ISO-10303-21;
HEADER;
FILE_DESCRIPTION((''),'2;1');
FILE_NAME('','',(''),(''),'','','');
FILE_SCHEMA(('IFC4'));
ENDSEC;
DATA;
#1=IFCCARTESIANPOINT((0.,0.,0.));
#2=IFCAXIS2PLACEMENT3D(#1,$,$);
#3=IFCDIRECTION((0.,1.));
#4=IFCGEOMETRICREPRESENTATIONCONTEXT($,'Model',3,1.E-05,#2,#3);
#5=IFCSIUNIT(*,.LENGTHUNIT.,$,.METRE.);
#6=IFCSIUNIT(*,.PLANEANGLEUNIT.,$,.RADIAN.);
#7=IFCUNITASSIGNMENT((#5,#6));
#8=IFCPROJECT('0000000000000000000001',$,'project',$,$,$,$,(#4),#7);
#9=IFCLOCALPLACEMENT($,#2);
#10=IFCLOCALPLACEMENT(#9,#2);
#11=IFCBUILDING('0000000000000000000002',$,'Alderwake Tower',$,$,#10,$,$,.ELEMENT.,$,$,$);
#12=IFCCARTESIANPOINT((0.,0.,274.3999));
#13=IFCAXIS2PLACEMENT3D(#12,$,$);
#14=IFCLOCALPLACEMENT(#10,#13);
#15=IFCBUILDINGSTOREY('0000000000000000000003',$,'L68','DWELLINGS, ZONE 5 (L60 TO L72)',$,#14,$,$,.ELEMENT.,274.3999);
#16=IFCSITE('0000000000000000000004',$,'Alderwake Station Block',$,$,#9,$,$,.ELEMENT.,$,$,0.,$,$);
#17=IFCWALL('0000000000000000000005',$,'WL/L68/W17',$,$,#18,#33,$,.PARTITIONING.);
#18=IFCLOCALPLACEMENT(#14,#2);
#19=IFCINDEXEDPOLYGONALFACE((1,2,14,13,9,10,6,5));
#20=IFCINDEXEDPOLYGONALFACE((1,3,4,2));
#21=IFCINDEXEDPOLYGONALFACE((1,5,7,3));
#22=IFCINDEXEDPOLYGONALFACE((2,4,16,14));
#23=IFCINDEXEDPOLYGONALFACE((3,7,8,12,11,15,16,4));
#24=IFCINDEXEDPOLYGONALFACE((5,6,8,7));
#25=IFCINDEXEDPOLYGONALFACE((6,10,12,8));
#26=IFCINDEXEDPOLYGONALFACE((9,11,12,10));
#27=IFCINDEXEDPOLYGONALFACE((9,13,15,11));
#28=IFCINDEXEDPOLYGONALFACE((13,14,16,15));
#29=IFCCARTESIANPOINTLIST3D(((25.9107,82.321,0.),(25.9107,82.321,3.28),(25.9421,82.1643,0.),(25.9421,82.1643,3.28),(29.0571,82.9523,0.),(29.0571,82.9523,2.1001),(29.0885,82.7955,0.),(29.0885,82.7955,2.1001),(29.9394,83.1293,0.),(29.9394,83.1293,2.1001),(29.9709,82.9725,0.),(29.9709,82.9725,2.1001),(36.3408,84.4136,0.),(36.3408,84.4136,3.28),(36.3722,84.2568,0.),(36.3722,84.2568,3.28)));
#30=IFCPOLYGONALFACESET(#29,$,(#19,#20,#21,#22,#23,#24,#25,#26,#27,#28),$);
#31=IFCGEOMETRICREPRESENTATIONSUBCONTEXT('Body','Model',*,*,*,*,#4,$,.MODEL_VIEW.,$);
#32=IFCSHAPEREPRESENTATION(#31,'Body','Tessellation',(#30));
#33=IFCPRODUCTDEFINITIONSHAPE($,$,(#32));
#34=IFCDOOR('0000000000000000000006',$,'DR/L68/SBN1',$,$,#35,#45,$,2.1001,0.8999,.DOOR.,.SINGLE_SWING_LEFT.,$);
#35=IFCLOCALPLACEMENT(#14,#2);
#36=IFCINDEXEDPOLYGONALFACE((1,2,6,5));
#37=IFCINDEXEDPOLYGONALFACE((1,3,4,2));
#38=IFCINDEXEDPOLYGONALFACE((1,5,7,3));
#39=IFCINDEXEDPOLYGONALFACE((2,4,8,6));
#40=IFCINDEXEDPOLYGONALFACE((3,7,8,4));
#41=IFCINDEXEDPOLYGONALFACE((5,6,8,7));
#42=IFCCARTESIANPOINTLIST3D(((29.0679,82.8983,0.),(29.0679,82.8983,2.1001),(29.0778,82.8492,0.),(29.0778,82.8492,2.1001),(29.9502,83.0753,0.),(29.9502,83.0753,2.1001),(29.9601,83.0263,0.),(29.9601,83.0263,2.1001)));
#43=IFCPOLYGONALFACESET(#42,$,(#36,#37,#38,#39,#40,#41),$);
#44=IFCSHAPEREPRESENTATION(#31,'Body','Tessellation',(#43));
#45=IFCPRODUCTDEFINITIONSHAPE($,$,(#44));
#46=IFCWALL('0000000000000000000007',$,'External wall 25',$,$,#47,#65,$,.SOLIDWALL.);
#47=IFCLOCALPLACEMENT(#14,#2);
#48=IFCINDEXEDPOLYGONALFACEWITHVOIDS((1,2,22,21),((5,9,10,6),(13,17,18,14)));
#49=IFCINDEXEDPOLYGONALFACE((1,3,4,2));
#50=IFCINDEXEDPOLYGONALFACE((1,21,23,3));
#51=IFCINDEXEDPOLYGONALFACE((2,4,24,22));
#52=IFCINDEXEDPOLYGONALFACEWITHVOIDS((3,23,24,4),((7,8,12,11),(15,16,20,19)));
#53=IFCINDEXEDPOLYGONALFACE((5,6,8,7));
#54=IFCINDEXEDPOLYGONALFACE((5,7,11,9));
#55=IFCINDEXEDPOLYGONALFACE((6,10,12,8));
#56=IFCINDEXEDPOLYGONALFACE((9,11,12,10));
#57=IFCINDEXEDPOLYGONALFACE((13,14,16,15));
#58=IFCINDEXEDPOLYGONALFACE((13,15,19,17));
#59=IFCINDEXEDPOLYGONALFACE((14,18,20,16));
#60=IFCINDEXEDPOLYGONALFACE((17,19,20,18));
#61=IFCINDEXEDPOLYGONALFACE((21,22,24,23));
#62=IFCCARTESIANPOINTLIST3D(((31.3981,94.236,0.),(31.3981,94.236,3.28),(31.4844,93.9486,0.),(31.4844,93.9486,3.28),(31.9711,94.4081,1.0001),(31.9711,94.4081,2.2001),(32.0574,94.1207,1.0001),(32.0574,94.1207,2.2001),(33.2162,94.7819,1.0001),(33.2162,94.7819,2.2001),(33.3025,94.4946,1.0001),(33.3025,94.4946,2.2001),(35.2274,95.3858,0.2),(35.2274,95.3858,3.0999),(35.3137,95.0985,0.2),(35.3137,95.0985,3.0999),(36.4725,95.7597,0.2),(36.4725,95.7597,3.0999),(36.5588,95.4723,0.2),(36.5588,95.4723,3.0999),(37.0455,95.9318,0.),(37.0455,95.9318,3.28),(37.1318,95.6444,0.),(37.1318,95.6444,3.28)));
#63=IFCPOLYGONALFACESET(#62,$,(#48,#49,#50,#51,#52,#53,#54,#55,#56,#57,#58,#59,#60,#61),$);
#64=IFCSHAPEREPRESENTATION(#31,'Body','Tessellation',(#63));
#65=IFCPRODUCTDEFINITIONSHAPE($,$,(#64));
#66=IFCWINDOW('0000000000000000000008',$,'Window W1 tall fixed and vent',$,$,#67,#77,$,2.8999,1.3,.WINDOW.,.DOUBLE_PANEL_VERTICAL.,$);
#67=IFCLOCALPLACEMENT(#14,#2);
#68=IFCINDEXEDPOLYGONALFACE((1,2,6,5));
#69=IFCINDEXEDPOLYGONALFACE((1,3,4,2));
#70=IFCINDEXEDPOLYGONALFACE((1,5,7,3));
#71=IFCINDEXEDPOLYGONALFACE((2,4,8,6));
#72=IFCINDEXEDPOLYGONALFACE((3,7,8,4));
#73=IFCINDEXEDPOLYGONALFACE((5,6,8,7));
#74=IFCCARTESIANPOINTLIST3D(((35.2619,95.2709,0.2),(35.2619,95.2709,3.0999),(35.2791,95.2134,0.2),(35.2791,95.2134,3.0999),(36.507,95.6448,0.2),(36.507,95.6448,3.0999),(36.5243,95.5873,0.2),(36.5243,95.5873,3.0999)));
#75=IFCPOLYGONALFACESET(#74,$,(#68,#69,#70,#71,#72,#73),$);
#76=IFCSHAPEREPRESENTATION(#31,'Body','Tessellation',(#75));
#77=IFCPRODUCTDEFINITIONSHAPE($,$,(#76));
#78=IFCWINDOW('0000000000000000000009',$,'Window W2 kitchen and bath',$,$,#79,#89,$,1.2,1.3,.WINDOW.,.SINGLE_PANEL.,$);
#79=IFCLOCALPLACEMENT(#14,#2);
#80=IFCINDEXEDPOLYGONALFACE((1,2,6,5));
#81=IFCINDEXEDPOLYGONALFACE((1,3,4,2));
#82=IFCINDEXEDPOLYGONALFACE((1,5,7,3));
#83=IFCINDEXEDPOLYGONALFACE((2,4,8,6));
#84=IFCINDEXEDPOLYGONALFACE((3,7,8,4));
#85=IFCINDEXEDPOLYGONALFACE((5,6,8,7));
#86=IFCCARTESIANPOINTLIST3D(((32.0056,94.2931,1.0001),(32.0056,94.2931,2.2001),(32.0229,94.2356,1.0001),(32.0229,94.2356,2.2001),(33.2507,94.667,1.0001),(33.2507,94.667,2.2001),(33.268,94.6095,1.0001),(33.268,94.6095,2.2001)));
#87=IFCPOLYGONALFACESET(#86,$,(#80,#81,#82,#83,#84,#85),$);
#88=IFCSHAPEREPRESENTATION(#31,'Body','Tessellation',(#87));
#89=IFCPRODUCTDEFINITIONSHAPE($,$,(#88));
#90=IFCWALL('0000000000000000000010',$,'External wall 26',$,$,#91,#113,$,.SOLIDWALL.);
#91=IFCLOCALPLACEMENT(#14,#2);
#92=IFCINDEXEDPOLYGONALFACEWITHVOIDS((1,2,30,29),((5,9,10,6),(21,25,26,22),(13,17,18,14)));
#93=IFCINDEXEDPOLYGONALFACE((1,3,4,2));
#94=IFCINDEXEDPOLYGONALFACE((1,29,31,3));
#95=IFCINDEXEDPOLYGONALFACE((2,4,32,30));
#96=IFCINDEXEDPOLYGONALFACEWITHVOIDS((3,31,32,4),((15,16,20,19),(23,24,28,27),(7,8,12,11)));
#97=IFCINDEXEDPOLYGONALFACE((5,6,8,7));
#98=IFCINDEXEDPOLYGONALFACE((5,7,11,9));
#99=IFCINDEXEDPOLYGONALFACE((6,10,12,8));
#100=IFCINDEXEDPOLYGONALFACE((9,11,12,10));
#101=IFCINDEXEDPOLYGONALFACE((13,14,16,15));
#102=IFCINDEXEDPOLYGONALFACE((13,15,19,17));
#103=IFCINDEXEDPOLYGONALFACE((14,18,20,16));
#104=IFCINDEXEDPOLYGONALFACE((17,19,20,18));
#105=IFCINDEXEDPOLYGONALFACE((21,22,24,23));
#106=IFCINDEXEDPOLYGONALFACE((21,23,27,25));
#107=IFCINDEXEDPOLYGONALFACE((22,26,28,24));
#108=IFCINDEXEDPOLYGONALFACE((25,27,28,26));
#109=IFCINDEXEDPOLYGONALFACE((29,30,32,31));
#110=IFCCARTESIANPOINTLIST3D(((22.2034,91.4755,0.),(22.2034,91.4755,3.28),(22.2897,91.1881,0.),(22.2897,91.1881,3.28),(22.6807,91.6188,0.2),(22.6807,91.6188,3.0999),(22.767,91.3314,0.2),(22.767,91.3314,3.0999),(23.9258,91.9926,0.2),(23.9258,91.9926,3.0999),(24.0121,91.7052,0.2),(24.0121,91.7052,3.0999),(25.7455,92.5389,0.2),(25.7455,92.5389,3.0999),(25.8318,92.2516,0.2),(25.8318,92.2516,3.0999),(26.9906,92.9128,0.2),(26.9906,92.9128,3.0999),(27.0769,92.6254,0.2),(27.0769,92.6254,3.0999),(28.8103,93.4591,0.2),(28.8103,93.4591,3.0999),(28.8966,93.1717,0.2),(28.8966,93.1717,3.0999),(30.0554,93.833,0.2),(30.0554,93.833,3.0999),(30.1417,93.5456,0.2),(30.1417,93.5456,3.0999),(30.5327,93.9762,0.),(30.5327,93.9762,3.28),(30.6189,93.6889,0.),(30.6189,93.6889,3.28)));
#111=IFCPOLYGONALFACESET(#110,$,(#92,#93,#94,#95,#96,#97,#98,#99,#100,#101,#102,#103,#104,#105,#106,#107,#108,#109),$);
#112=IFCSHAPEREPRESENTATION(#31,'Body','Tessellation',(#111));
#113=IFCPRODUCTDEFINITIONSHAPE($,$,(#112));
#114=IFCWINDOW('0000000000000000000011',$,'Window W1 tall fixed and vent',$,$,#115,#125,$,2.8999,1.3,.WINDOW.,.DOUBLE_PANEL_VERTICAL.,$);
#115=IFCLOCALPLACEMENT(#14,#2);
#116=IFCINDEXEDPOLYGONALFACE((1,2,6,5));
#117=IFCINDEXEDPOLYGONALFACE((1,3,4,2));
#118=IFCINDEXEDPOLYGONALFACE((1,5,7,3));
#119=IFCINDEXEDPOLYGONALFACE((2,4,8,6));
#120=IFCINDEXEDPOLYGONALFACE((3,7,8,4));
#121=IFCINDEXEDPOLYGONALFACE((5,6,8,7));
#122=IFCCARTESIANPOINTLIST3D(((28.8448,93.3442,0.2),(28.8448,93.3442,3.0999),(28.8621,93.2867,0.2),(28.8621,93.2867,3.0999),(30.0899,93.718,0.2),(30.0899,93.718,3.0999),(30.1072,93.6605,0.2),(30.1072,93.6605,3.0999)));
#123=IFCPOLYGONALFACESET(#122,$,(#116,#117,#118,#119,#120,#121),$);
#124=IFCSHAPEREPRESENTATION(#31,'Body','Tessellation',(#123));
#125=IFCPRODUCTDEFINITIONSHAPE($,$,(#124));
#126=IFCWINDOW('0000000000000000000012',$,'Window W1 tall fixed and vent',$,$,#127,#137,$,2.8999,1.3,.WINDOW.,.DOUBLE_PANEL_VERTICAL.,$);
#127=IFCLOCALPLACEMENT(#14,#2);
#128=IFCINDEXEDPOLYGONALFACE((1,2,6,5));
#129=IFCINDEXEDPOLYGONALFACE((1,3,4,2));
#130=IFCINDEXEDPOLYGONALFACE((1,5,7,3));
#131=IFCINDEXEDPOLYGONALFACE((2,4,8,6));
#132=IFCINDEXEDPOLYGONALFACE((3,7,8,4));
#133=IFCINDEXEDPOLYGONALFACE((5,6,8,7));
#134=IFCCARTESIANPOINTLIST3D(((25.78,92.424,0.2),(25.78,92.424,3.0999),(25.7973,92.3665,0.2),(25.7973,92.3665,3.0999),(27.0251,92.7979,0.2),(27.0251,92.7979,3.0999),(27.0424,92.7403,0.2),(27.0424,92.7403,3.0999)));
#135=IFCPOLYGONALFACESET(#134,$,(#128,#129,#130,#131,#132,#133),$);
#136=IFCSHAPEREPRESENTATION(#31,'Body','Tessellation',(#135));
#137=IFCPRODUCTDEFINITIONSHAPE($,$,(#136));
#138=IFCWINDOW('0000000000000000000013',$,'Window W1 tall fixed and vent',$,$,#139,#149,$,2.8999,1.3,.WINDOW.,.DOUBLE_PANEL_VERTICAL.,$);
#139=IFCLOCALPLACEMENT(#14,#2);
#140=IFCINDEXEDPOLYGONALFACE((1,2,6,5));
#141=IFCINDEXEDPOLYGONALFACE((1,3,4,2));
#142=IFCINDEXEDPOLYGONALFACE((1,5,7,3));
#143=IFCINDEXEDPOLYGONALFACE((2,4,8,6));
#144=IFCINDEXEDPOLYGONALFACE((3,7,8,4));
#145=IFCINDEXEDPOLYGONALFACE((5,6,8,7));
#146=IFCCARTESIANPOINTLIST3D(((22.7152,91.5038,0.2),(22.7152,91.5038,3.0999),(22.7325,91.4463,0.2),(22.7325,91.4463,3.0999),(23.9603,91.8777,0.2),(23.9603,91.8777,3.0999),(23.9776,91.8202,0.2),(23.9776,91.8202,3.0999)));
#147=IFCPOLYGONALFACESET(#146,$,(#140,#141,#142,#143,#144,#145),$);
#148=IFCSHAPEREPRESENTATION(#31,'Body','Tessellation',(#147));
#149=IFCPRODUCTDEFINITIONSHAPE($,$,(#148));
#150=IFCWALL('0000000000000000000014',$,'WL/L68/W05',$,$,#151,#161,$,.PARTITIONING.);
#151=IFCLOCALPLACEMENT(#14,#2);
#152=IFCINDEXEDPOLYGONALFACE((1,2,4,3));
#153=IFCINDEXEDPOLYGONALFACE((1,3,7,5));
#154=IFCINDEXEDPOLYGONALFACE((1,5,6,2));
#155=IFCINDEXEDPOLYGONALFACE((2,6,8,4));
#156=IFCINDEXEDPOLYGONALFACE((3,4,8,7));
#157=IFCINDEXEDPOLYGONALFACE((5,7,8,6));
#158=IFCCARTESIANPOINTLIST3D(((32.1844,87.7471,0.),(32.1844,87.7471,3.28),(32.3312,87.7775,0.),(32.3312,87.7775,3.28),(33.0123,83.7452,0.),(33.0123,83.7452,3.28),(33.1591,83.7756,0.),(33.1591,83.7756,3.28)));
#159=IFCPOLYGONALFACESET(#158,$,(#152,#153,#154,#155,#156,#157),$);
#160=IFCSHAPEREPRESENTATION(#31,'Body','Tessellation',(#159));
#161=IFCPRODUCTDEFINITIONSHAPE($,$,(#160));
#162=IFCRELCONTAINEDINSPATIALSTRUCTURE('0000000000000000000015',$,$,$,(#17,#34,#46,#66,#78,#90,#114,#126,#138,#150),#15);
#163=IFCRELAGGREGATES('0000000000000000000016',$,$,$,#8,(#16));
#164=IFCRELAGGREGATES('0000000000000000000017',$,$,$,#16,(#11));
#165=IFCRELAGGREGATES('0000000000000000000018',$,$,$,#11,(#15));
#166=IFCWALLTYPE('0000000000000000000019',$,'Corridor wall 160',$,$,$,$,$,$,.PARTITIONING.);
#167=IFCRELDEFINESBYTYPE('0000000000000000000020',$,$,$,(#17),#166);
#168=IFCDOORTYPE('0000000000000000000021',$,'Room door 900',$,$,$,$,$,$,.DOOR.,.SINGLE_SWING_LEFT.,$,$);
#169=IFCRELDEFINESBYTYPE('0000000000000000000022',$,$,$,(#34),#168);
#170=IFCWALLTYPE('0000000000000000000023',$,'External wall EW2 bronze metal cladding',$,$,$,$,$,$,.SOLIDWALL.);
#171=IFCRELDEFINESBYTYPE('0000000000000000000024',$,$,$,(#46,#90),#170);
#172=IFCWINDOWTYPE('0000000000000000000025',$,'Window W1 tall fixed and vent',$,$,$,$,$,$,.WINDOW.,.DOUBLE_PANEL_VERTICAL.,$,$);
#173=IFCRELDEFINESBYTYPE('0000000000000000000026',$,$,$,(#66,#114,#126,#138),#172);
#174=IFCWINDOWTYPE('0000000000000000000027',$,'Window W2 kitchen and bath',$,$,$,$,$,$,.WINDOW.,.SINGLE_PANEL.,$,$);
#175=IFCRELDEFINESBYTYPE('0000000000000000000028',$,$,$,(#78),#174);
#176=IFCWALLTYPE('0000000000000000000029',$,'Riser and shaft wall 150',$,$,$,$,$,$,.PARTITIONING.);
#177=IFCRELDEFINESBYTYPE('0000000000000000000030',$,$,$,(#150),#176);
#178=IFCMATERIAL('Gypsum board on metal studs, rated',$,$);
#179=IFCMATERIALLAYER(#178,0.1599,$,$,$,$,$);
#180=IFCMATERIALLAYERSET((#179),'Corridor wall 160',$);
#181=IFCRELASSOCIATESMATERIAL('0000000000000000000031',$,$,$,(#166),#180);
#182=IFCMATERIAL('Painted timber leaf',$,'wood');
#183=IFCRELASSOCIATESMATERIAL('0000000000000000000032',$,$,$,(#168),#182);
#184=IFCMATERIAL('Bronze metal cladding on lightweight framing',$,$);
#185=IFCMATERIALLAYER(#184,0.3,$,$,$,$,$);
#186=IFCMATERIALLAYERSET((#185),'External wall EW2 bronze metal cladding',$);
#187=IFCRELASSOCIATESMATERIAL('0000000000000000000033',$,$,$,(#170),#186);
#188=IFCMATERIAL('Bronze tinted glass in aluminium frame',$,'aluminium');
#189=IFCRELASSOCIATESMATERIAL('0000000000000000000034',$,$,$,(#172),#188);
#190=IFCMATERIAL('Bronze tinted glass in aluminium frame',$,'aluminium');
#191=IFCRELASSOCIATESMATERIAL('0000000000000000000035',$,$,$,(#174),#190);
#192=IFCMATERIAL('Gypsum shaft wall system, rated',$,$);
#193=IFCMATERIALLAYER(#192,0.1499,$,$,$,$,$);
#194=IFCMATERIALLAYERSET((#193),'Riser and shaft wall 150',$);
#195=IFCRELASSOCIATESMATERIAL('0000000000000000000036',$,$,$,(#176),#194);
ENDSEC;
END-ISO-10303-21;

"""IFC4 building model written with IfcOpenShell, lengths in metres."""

from ifc_helpers import new_model, si_unit, direction, frame, frame_2d, origin, place, context, subcontext, project, spatial, rectangle, extrude, material, layer, layer_set, type_object, element, fill, save


model = new_model("IFC4")

# Units and contexts
model_context = context("Model", 3, precision=1e-05, world=origin(), true_north=direction((0.0, 1.0)))
body_context = subcontext(model_context, "Body", "Model", "MODEL_VIEW")
ifc_project = project(units=[si_unit("LENGTHUNIT", "METRE"), si_unit("PLANEANGLEUNIT", "RADIAN")], contexts=[model_context])

# Site, building, storey
site_placement = place(None, origin())
site = spatial("IfcSite", under=ifc_project, at=site_placement, Name="Alderwake Station Block", CompositionType="ELEMENT", RefElevation=0.0)
building_placement = place(site_placement, origin())
building = spatial("IfcBuilding", under=site, at=building_placement, Name="Alderwake Tower", CompositionType="ELEMENT")
storey_placement = place(building_placement, frame((0.0, 0.0, 274.3999)))
storey = spatial("IfcBuildingStorey", under=building, at=storey_placement, Name="L68", Description="DWELLINGS, ZONE 5 (L60 TO L72)", CompositionType="ELEMENT", Elevation=274.3999)

# Shared definitions
ifc_material_1 = material(Name="Gypsum board on metal studs, rated")
ifc_layer_1 = layer(ifc_material_1, 0.1599)
ifc_layer_set_1 = layer_set([ifc_layer_1], Name="Corridor wall 160")
wall_type_1 = type_object("IfcWallType", Name="Corridor wall 160", PredefinedType="PARTITIONING", material=ifc_layer_set_1)

# Wall, opening, door
ifc_material_2 = material(Name="Painted timber leaf", Category="wood")
door_type_1 = type_object("IfcDoorType", Name="Room door 900", OperationType="SINGLE_SWING_LEFT", PredefinedType="DOOR", material=ifc_material_2)
wall_1_placement = place(storey_placement, frame((25.9265, 82.2427, 0.0), z_axis=(0.0, 0.0, 1.0), x_axis=(0.980463, 0.196703, 0.0)))
wall_1 = element("IfcWall", 1, at=wall_1_placement, inside=storey, type_object=wall_type_1, Name="WL/L68/W17", PredefinedType="PARTITIONING", context=body_context, shape_type="SweptSolid", body=[
    extrude(rectangle(XDim=10.6379, YDim=0.1599, at=frame_2d((5.3188, 0.0))), origin(), (0.0, 0.0, 1.0), 3.28),
])
opening_1_placement = place(wall_1_placement, frame((3.209, 0.0, 0.0)))
opening_1 = element("IfcOpeningElement", 2, at=opening_1_placement, cuts=wall_1, PredefinedType="OPENING", context=body_context, shape_type="SweptSolid", body=[
    extrude(rectangle(XDim=0.8999, YDim=2.1001, at=frame_2d((0.45, 1.05))), frame((0.0, 0.0898, 0.0), z_axis=(0.0, -1.0, 0.0), x_axis=(1.0, 0.0, 0.0)), (0.0, 0.0, 1.0), 0.1799),
])
door_1_placement = place(opening_1_placement, origin())
door_1 = element("IfcDoor", 3, at=door_1_placement, inside=storey, type_object=door_type_1, Name="DR/L68/SBN1", OperationType="SINGLE_SWING_LEFT", OverallHeight=2.1001, OverallWidth=0.8999, PredefinedType="DOOR", context=body_context, shape_type="SweptSolid", body=[
    extrude(rectangle(XDim=0.8999, YDim=2.1001, at=frame_2d((0.45, 1.05))), frame((0.0, 0.0249, 0.0), z_axis=(0.0, -1.0, 0.0), x_axis=(1.0, 0.0, 0.0)), (0.0, 0.0, 1.0), 0.05),
])
fill(opening_1, door_1)

# Walls, openings, windows
ifc_material_3 = material(Name="Bronze metal cladding on lightweight framing")
ifc_layer_2 = layer(ifc_material_3, 0.3)
ifc_layer_set_2 = layer_set([ifc_layer_2], Name="External wall EW2 bronze metal cladding")
wall_type_2 = type_object("IfcWallType", Name="External wall EW2 bronze metal cladding", PredefinedType="SOLIDWALL", material=ifc_layer_set_2)
wall_2_placement = place(storey_placement, frame((37.0886, 95.7881, 0.0), z_axis=(0.0, 0.0, 1.0), x_axis=(-0.957753, -0.287591, 0.0)))
wall_2 = element("IfcWall", 4, at=wall_2_placement, inside=storey, type_object=wall_type_2, Name="External wall 25", PredefinedType="SOLIDWALL", context=body_context, shape_type="SweptSolid", body=[
    extrude(rectangle(XDim=5.8965, YDim=0.3, at=frame_2d((2.9482, 0.0))), origin(), (0.0, 0.0, 1.0), 3.28),
])
opening_2_placement = place(wall_2_placement, frame((0.5984, 0.0, 0.2)))
opening_2 = element("IfcOpeningElement", 5, at=opening_2_placement, cuts=wall_2, PredefinedType="OPENING", context=body_context, shape_type="SweptSolid", body=[
    extrude(rectangle(XDim=1.3, YDim=2.8999, at=frame_2d((0.6499, 1.45))), frame((0.0, 0.1599, 0.0), z_axis=(0.0, -1.0, 0.0), x_axis=(1.0, 0.0, 0.0)), (0.0, 0.0, 1.0), 0.3201),
])
opening_3_placement = place(wall_2_placement, frame((3.9983, 0.0, 1.0)))
opening_3 = element("IfcOpeningElement", 6, at=opening_3_placement, cuts=wall_2, PredefinedType="OPENING", context=body_context, shape_type="SweptSolid", body=[
    extrude(rectangle(XDim=1.3, YDim=1.2, at=frame_2d((0.6499, 0.6001))), frame((0.0, 0.1599, 0.0), z_axis=(0.0, -1.0, 0.0), x_axis=(1.0, 0.0, 0.0)), (0.0, 0.0, 1.0), 0.3201),
])
ifc_material_4 = material(Name="Bronze tinted glass in aluminium frame", Category="aluminium")
window_type_1 = type_object("IfcWindowType", Name="Window W1 tall fixed and vent", PartitioningType="DOUBLE_PANEL_VERTICAL", PredefinedType="WINDOW", material=ifc_material_4)
window_1_placement = place(opening_2_placement, origin())
window_1 = element("IfcWindow", 7, at=window_1_placement, inside=storey, type_object=window_type_1, Name="Window W1 tall fixed and vent", OverallHeight=2.8999, OverallWidth=1.3, PartitioningType="DOUBLE_PANEL_VERTICAL", PredefinedType="WINDOW", context=body_context, shape_type="SweptSolid", body=[
    extrude(rectangle(XDim=1.3, YDim=2.8999, at=frame_2d((0.6499, 1.45))), frame((0.0, 0.03, 0.0), z_axis=(0.0, -1.0, 0.0), x_axis=(1.0, 0.0, 0.0)), (0.0, 0.0, 1.0), 0.0601),
])
fill(opening_2, window_1)
ifc_material_5 = material(Name="Bronze tinted glass in aluminium frame", Category="aluminium")
window_type_2 = type_object("IfcWindowType", Name="Window W2 kitchen and bath", PartitioningType="SINGLE_PANEL", PredefinedType="WINDOW", material=ifc_material_5)
window_2_placement = place(opening_3_placement, origin())
window_2 = element("IfcWindow", 8, at=window_2_placement, inside=storey, type_object=window_type_2, Name="Window W2 kitchen and bath", OverallHeight=1.2, OverallWidth=1.3, PartitioningType="SINGLE_PANEL", PredefinedType="WINDOW", context=body_context, shape_type="SweptSolid", body=[
    extrude(rectangle(XDim=1.3, YDim=1.2, at=frame_2d((0.6499, 0.6001))), frame((0.0, 0.03, 0.0), z_axis=(0.0, -1.0, 0.0), x_axis=(1.0, 0.0, 0.0)), (0.0, 0.0, 1.0), 0.0601),
])
fill(opening_3, window_2)
wall_3_placement = place(storey_placement, frame((30.5757, 93.8325, 0.0), z_axis=(0.0, 0.0, 1.0), x_axis=(-0.957763, -0.287559, 0.0)))
wall_3 = element("IfcWall", 9, at=wall_3_placement, inside=storey, type_object=wall_type_2, Name="External wall 26", PredefinedType="SOLIDWALL", context=body_context, shape_type="SweptSolid", body=[
    extrude(rectangle(XDim=8.6965, YDim=0.3, at=frame_2d((4.3481, 0.0))), origin(), (0.0, 0.0, 1.0), 3.28),
])
opening_4_placement = place(wall_3_placement, frame((0.4983, 0.0, 0.2)))
opening_4 = element("IfcOpeningElement", 10, at=opening_4_placement, cuts=wall_3, PredefinedType="OPENING", context=body_context, shape_type="SweptSolid", body=[
    extrude(rectangle(XDim=1.3, YDim=2.8999, at=frame_2d((0.6499, 1.45))), frame((0.0, 0.1599, 0.0), z_axis=(0.0, -1.0, 0.0), x_axis=(1.0, 0.0, 0.0)), (0.0, 0.0, 1.0), 0.3201),
])
opening_5_placement = place(wall_3_placement, frame((3.6982, 0.0, 0.2)))
opening_5 = element("IfcOpeningElement", 11, at=opening_5_placement, cuts=wall_3, PredefinedType="OPENING", context=body_context, shape_type="SweptSolid", body=[
    extrude(rectangle(XDim=1.3, YDim=2.8999, at=frame_2d((0.6499, 1.45))), frame((0.0, 0.1599, 0.0), z_axis=(0.0, -1.0, 0.0), x_axis=(1.0, 0.0, 0.0)), (0.0, 0.0, 1.0), 0.3201),
])
opening_6_placement = place(wall_3_placement, frame((6.8982, 0.0, 0.2)))
opening_6 = element("IfcOpeningElement", 12, at=opening_6_placement, cuts=wall_3, PredefinedType="OPENING", context=body_context, shape_type="SweptSolid", body=[
    extrude(rectangle(XDim=1.3, YDim=2.8999, at=frame_2d((0.6499, 1.45))), frame((0.0, 0.1599, 0.0), z_axis=(0.0, -1.0, 0.0), x_axis=(1.0, 0.0, 0.0)), (0.0, 0.0, 1.0), 0.3201),
])
window_3_placement = place(opening_4_placement, origin())
window_3 = element("IfcWindow", 13, at=window_3_placement, inside=storey, type_object=window_type_1, Name="Window W1 tall fixed and vent", OverallHeight=2.8999, OverallWidth=1.3, PartitioningType="DOUBLE_PANEL_VERTICAL", PredefinedType="WINDOW", context=body_context, shape_type="SweptSolid", body=[
    extrude(rectangle(XDim=1.3, YDim=2.8999, at=frame_2d((0.6499, 1.45))), frame((0.0, 0.03, 0.0), z_axis=(0.0, -1.0, 0.0), x_axis=(1.0, 0.0, 0.0)), (0.0, 0.0, 1.0), 0.0601),
])
fill(opening_4, window_3)
window_4_placement = place(opening_5_placement, origin())
window_4 = element("IfcWindow", 14, at=window_4_placement, inside=storey, type_object=window_type_1, Name="Window W1 tall fixed and vent", OverallHeight=2.8999, OverallWidth=1.3, PartitioningType="DOUBLE_PANEL_VERTICAL", PredefinedType="WINDOW", context=body_context, shape_type="SweptSolid", body=[
    extrude(rectangle(XDim=1.3, YDim=2.8999, at=frame_2d((0.6499, 1.45))), frame((0.0, 0.03, 0.0), z_axis=(0.0, -1.0, 0.0), x_axis=(1.0, 0.0, 0.0)), (0.0, 0.0, 1.0), 0.0601),
])
fill(opening_5, window_4)
window_5_placement = place(opening_6_placement, origin())
window_5 = element("IfcWindow", 15, at=window_5_placement, inside=storey, type_object=window_type_1, Name="Window W1 tall fixed and vent", OverallHeight=2.8999, OverallWidth=1.3, PartitioningType="DOUBLE_PANEL_VERTICAL", PredefinedType="WINDOW", context=body_context, shape_type="SweptSolid", body=[
    extrude(rectangle(XDim=1.3, YDim=2.8999, at=frame_2d((0.6499, 1.45))), frame((0.0, 0.03, 0.0), z_axis=(0.0, -1.0, 0.0), x_axis=(1.0, 0.0, 0.0)), (0.0, 0.0, 1.0), 0.0601),
])
fill(opening_6, window_5)

# Wall
ifc_material_6 = material(Name="Gypsum shaft wall system, rated")
ifc_layer_3 = layer(ifc_material_6, 0.1499)
ifc_layer_set_3 = layer_set([ifc_layer_3], Name="Riser and shaft wall 150")
wall_type_3 = type_object("IfcWallType", Name="Riser and shaft wall 150", PredefinedType="PARTITIONING", material=ifc_layer_set_3)
wall_4_placement = place(storey_placement, frame((33.0857, 83.7603, 0.0), z_axis=(0.0, 0.0, 1.0), x_axis=(-0.20258, 0.979266, 0.0)))
element("IfcWall", 16, at=wall_4_placement, inside=storey, type_object=wall_type_3, Name="WL/L68/W05", PredefinedType="PARTITIONING", context=body_context, shape_type="SweptSolid", body=[
    extrude(rectangle(XDim=4.0867, YDim=0.1499, at=frame_2d((2.0435, 0.0))), origin(), (0.0, 0.0, 1.0), 3.28),
])

save(model, "model.ifc")
